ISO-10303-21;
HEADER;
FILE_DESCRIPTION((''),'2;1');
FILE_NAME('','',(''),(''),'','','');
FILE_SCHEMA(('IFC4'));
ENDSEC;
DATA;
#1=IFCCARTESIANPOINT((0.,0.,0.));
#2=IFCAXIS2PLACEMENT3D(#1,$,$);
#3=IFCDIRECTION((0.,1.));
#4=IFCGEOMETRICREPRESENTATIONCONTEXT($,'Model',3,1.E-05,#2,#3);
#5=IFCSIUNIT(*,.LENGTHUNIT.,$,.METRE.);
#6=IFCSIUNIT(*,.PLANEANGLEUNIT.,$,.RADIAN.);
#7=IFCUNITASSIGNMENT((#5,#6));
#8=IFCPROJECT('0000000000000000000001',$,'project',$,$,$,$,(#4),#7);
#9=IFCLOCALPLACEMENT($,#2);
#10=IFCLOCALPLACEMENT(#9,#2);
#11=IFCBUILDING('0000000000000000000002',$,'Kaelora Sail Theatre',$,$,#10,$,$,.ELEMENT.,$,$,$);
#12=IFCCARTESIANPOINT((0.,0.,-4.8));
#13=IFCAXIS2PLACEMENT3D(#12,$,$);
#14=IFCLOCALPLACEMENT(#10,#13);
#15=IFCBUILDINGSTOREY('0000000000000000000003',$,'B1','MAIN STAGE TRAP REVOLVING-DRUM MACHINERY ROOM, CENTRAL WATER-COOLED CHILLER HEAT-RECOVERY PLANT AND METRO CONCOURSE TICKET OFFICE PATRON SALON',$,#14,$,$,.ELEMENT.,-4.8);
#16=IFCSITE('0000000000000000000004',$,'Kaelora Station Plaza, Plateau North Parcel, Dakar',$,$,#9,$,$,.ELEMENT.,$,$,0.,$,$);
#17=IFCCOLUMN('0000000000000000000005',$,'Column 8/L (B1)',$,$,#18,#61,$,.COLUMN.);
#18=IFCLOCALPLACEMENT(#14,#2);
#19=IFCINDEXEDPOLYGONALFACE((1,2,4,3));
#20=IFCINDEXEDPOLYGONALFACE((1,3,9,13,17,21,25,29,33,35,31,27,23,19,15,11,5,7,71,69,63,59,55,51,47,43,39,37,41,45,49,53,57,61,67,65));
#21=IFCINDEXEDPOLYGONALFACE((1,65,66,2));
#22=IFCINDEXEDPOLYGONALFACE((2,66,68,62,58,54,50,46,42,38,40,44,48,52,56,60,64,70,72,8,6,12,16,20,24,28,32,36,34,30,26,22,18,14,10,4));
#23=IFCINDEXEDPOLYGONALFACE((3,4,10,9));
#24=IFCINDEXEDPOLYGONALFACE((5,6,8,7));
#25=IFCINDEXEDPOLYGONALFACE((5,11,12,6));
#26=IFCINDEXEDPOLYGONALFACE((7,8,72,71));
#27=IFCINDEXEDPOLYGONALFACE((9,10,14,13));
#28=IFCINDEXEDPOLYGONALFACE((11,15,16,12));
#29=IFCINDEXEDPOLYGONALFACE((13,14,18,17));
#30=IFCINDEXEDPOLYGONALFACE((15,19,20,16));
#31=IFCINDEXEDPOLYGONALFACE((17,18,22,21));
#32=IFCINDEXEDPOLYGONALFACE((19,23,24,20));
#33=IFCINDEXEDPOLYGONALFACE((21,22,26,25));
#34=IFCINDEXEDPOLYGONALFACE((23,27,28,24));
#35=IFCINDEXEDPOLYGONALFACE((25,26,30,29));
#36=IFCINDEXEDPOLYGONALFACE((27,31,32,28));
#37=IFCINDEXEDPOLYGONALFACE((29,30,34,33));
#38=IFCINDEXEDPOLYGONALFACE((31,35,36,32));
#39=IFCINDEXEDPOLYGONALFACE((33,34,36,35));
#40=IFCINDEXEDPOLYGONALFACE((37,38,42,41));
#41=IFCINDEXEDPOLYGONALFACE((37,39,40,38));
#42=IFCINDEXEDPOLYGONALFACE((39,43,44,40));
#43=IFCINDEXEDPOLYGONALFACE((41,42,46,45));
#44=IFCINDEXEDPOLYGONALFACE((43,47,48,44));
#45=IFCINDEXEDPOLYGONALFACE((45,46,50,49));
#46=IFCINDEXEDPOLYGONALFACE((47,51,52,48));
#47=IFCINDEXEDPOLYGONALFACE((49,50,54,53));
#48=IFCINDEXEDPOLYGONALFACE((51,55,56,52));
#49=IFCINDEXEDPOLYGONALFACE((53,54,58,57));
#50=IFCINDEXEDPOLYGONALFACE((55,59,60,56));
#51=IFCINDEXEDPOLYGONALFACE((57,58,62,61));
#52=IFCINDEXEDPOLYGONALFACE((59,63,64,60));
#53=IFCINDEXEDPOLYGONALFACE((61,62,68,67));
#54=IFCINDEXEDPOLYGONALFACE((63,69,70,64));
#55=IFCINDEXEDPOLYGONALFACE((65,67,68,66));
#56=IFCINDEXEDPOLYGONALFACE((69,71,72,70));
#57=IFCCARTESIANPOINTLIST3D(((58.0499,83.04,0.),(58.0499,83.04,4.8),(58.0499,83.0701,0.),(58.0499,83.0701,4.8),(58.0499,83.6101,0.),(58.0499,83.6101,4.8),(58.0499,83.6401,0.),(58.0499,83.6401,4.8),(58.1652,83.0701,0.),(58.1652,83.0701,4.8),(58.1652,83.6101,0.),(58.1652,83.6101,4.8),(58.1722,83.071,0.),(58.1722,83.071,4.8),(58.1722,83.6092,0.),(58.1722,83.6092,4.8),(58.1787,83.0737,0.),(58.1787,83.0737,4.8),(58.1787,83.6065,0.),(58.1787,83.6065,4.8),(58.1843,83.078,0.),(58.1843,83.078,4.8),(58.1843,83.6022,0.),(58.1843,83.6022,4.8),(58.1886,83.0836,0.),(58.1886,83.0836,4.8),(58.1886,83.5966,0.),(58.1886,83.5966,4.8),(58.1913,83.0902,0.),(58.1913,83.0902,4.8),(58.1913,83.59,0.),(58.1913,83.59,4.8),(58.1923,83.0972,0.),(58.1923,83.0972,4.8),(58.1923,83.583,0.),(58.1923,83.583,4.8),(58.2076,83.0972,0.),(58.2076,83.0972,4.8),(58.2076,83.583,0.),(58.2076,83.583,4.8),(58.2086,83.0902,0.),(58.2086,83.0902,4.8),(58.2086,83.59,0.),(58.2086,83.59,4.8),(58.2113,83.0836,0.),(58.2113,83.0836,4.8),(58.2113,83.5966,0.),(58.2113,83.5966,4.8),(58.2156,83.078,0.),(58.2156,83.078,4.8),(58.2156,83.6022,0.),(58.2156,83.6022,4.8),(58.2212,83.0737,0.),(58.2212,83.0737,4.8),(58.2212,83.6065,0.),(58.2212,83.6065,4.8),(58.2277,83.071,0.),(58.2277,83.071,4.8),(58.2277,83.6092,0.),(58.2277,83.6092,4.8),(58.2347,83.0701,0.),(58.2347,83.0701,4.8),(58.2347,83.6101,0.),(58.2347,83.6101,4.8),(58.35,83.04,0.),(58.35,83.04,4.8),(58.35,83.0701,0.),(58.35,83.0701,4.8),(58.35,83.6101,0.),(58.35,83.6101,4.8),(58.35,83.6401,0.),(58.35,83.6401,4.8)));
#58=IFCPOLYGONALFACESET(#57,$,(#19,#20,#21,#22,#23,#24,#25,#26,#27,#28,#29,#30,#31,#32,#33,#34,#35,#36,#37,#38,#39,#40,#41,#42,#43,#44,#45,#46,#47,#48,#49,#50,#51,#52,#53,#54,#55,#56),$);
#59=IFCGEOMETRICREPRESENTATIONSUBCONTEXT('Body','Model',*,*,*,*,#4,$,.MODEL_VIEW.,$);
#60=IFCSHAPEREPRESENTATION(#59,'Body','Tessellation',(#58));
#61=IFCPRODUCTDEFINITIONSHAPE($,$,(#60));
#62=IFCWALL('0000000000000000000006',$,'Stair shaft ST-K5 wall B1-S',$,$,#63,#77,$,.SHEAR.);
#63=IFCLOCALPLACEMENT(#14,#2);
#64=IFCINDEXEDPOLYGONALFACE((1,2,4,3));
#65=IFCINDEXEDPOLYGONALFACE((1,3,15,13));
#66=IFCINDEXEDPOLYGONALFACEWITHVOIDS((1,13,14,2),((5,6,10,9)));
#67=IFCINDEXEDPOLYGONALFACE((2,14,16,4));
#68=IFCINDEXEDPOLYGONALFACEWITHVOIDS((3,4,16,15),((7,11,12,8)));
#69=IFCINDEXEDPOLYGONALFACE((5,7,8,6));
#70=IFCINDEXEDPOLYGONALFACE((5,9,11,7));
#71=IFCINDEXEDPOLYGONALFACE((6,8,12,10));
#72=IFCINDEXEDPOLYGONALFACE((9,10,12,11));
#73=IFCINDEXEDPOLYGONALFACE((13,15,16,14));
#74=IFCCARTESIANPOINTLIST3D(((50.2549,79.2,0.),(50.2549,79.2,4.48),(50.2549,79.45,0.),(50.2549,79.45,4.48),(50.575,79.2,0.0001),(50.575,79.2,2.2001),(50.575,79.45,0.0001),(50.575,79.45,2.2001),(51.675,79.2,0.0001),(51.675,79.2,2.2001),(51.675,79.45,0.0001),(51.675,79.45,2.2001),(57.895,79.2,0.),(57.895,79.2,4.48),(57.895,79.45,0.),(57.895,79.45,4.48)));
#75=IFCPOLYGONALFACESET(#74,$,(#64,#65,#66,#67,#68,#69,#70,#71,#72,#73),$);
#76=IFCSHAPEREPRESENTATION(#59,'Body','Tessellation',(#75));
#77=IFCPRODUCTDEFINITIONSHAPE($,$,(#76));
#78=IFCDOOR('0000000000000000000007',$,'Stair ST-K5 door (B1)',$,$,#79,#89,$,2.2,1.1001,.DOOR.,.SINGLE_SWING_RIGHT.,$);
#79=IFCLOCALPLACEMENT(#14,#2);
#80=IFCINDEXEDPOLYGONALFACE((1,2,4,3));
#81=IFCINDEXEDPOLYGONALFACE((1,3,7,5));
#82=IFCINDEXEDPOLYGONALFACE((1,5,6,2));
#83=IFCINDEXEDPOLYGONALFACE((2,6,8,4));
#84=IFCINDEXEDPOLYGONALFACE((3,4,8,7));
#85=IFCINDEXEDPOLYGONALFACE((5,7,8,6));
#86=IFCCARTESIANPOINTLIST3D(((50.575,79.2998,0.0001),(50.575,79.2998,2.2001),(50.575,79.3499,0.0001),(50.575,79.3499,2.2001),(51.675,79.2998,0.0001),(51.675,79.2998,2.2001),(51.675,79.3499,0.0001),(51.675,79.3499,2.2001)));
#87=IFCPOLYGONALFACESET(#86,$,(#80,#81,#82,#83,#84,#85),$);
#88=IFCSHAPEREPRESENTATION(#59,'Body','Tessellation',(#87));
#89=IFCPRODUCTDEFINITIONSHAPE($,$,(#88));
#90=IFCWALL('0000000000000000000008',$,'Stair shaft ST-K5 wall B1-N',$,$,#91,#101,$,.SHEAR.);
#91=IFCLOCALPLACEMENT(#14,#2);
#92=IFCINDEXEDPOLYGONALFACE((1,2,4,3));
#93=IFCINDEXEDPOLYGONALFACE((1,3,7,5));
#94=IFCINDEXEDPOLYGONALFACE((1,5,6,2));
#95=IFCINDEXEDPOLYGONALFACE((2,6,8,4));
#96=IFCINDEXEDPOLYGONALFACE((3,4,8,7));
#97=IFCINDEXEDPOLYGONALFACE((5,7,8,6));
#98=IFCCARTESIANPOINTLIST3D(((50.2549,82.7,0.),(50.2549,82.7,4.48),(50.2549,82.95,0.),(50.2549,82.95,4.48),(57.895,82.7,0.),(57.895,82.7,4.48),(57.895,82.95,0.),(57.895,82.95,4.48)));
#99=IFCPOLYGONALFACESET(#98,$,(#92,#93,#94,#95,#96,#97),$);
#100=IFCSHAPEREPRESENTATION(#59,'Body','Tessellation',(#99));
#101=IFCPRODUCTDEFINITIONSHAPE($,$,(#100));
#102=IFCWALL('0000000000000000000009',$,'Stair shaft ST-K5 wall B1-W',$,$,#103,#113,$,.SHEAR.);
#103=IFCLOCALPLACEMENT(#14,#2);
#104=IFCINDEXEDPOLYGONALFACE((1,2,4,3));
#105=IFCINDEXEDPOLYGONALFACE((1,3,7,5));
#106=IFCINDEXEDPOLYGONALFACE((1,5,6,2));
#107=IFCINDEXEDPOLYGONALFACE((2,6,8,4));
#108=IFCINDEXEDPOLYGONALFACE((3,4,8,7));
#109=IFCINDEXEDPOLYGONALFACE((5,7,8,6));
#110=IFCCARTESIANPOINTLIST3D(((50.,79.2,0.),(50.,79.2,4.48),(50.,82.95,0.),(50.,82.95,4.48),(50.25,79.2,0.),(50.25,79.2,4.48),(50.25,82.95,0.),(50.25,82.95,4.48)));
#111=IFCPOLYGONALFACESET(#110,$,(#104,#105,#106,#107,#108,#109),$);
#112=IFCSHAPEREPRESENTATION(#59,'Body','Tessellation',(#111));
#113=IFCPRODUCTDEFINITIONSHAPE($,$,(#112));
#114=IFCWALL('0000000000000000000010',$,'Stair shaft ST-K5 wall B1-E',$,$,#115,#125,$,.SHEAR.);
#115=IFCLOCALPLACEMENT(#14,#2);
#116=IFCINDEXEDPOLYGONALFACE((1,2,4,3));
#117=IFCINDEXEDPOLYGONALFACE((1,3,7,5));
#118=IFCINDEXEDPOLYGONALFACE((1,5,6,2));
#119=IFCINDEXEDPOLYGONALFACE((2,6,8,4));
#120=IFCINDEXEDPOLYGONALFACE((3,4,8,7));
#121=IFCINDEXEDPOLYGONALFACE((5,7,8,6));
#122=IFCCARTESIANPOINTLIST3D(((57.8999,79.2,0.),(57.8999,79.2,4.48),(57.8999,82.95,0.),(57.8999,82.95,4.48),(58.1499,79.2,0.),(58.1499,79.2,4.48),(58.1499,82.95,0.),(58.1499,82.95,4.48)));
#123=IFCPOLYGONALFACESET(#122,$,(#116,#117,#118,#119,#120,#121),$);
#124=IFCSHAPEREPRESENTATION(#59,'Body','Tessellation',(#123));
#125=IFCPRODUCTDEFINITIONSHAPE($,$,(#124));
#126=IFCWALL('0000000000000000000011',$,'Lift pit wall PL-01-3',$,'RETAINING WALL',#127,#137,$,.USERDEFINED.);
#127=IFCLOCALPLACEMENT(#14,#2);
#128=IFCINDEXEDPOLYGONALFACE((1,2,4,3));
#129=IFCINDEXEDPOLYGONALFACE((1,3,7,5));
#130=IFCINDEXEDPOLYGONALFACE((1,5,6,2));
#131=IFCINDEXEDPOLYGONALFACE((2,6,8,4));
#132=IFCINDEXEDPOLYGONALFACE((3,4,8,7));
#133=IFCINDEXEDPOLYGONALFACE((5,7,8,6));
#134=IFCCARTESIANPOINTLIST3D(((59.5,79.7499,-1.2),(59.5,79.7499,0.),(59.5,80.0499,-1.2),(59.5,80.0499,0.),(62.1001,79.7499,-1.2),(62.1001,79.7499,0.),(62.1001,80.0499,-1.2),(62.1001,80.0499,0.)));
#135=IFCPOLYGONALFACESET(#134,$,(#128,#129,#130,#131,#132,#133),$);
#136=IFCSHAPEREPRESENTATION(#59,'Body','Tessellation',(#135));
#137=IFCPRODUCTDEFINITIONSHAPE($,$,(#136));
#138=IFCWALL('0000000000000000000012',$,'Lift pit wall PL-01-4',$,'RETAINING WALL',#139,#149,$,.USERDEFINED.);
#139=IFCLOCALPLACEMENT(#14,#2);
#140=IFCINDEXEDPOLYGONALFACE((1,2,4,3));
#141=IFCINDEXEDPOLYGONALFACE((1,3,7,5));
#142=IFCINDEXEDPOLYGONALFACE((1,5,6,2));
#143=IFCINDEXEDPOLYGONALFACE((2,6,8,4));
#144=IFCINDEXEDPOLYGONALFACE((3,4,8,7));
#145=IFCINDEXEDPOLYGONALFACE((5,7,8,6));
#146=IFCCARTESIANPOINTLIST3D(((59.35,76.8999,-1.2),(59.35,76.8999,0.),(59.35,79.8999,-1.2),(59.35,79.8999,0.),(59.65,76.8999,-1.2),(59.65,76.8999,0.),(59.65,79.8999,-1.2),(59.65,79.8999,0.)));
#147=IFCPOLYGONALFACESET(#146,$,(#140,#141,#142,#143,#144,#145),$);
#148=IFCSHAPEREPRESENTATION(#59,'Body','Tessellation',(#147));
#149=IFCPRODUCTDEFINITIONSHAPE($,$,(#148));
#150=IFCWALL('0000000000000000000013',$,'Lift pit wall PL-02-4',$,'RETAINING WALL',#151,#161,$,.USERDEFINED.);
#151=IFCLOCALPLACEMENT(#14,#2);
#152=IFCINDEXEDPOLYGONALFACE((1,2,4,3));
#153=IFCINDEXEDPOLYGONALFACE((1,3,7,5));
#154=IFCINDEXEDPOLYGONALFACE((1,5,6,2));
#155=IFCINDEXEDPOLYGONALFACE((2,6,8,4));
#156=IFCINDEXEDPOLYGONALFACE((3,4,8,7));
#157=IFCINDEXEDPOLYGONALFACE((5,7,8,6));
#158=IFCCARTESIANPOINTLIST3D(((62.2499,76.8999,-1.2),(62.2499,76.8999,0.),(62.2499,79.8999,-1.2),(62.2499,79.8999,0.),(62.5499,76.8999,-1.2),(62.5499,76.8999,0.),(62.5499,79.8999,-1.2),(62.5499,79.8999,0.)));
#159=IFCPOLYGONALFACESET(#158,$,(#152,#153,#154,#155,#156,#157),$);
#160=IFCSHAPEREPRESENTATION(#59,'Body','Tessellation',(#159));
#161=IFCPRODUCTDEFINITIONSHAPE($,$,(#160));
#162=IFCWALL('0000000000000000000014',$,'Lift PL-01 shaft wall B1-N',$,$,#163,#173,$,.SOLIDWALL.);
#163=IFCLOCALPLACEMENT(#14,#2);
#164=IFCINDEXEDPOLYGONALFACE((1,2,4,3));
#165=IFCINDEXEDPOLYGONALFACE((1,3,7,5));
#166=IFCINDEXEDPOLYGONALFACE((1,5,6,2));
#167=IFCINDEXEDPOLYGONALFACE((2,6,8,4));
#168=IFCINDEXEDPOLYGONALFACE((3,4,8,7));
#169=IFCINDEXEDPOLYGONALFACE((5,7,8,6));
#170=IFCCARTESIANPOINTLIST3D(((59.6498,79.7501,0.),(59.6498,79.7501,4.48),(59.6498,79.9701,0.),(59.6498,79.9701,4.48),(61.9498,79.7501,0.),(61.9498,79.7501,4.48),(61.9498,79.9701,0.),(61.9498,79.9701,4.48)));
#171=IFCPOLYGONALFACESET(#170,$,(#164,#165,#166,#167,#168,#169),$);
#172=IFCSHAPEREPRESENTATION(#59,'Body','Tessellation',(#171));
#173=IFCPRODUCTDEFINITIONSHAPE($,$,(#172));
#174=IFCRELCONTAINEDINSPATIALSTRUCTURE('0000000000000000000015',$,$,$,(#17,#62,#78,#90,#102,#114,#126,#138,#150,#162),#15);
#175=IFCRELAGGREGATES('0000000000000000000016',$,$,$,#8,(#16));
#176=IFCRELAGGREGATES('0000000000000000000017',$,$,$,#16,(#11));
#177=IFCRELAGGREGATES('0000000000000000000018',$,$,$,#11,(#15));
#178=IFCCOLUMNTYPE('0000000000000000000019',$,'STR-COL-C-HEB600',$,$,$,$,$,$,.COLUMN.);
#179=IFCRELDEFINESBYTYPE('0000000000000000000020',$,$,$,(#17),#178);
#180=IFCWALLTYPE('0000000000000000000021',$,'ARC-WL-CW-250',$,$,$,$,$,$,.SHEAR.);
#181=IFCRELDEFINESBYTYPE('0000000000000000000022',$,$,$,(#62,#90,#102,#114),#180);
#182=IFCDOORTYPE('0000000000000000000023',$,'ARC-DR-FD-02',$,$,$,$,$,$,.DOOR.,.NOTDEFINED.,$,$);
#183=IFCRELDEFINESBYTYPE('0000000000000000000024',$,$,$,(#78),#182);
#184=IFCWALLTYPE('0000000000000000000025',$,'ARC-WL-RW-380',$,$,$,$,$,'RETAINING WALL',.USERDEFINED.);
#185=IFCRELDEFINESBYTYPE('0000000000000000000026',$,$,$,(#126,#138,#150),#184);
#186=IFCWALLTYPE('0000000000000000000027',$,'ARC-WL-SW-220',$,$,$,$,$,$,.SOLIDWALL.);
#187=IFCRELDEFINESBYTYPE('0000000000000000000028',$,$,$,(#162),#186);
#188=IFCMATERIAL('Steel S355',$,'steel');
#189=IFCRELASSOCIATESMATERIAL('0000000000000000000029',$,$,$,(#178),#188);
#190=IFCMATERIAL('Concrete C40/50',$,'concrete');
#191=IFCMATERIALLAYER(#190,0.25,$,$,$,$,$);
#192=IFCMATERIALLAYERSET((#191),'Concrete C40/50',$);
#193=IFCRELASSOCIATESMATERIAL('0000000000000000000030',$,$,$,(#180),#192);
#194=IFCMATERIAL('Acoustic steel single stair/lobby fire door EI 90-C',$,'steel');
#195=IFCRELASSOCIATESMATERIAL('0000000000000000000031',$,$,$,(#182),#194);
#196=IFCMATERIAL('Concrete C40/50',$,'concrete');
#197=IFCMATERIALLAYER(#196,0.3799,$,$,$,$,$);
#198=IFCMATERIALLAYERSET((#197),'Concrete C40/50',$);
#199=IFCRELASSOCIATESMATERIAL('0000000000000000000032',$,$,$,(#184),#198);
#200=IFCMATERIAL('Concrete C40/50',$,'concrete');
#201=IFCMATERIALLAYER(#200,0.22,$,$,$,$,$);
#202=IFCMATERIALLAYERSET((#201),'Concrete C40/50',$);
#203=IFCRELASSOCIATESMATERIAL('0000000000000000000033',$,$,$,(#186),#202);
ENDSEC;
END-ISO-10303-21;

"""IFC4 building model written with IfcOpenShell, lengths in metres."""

from ifc_helpers import new_model, si_unit, direction, frame, frame_2d, origin, origin_2d, place, context, subcontext, project, spatial, rectangle, i_section, extrude, material, layer, layer_set, material_profile, profile_set, type_object, element, fill, save


model = new_model("IFC4")

# Units and contexts
model_context = context("Model", 3, precision=1e-05, world=origin(), true_north=direction((0.0, 1.0)))
body_context = subcontext(model_context, "Body", "Model", "MODEL_VIEW")
ifc_project = project(units=[si_unit("LENGTHUNIT", "METRE"), si_unit("PLANEANGLEUNIT", "RADIAN")], contexts=[model_context])

# Site, building, storey
site_placement = place(None, origin())
site = spatial("IfcSite", under=ifc_project, at=site_placement, Name="Kaelora Station Plaza, Plateau North Parcel, Dakar", CompositionType="ELEMENT", RefElevation=0.0)
building_placement = place(site_placement, origin())
building = spatial("IfcBuilding", under=site, at=building_placement, Name="Kaelora Sail Theatre", CompositionType="ELEMENT")
storey_placement = place(building_placement, frame((0.0, 0.0, -4.8)))
storey = spatial("IfcBuildingStorey", under=building, at=storey_placement, Name="B1", Description="MAIN STAGE TRAP REVOLVING-DRUM MACHINERY ROOM, CENTRAL WATER-COOLED CHILLER HEAT-RECOVERY PLANT AND METRO CONCOURSE TICKET OFFICE PATRON SALON", CompositionType="ELEMENT", Elevation=-4.8)

# Column
ifc_material_1 = material(Name="Steel S355", Category="steel")
ifc_material_profile_1 = material_profile(ifc_material_1, i_section(OverallWidth=0.3, OverallDepth=0.6001, WebThickness=0.0154, FlangeThickness=0.03, FilletRadius=0.0271, at=origin_2d()), Name="HEB 600")
ifc_profile_set_1 = profile_set([ifc_material_profile_1], Name="Steel S355")
column_type = type_object("IfcColumnType", Name="STR-COL-C-HEB600", PredefinedType="COLUMN", material=ifc_profile_set_1)
column_placement = place(storey_placement, frame((58.2, 83.3401, 0.0), z_axis=(0.0, 0.0, 1.0), x_axis=(1.0, 0.0, 0.0)))
element("IfcColumn", 1, at=column_placement, inside=storey, type_object=column_type, Name="Column 8/L (B1)", PredefinedType="COLUMN", context=body_context, shape_type="SweptSolid", body=[
    extrude(i_section(OverallWidth=0.3, OverallDepth=0.6001, WebThickness=0.0154, FlangeThickness=0.03, FilletRadius=0.0271, at=origin_2d()), origin(), (0.0, 0.0, 1.0), 4.8),
])

# Wall, opening, door
ifc_material_2 = material(Name="Concrete C40/50", Category="concrete")
ifc_layer_1 = layer(ifc_material_2, 0.25)
ifc_layer_set_1 = layer_set([ifc_layer_1], Name="Concrete C40/50")
wall_type_1 = type_object("IfcWallType", Name="ARC-WL-CW-250", PredefinedType="SHEAR", material=ifc_layer_set_1)
wall_1_placement = place(storey_placement, frame((50.2549, 79.325, 0.0), z_axis=(0.0, 0.0, 1.0), x_axis=(1.0, 0.0, 0.0)))
wall_1 = element("IfcWall", 2, at=wall_1_placement, inside=storey, type_object=wall_type_1, Name="Stair shaft ST-K5 wall B1-S", PredefinedType="SHEAR", context=body_context, shape_type="SweptSolid", body=[
    extrude(rectangle(XDim=7.6401, YDim=0.25, at=frame_2d((3.8201, 0.0))), origin(), (0.0, 0.0, 1.0), 4.48),
])
opening_1_placement = place(wall_1_placement, frame((0.3201, 0.0, 0.0)))
opening_1 = element("IfcOpeningElement", 3, at=opening_1_placement, cuts=wall_1, PredefinedType="OPENING", context=body_context, shape_type="SweptSolid", body=[
    extrude(rectangle(XDim=1.1001, YDim=2.2, at=frame_2d((0.55, 1.1001))), frame((0.0, 0.135, 0.0), z_axis=(0.0, -1.0, 0.0), x_axis=(1.0, 0.0, 0.0)), (0.0, 0.0, 1.0), 0.27),
])
ifc_material_3 = material(Name="Acoustic steel single stair/lobby fire door EI 90-C", Category="steel")
door_type_1 = type_object("IfcDoorType", Name="ARC-DR-FD-02", OperationType="NOTDEFINED", PredefinedType="DOOR", material=ifc_material_3)
door_1_placement = place(opening_1_placement, origin())
door_1 = element("IfcDoor", 4, at=door_1_placement, inside=storey, type_object=door_type_1, Name="Stair ST-K5 door (B1)", OperationType="SINGLE_SWING_RIGHT", OverallHeight=2.2, OverallWidth=1.1001, PredefinedType="DOOR", context=body_context, shape_type="SweptSolid", body=[
    extrude(rectangle(XDim=1.1001, YDim=2.2, at=frame_2d((0.55, 1.1001))), frame((0.0, 0.0249, 0.0), z_axis=(0.0, -1.0, 0.0), x_axis=(1.0, 0.0, 0.0)), (0.0, 0.0, 1.0), 0.05),
])
fill(opening_1, door_1)

# Walls
wall_2_placement = place(storey_placement, frame((50.2549, 82.825, 0.0), z_axis=(0.0, 0.0, 1.0), x_axis=(1.0, 0.0, 0.0)))
element("IfcWall", 5, at=wall_2_placement, inside=storey, type_object=wall_type_1, Name="Stair shaft ST-K5 wall B1-N", PredefinedType="SHEAR", context=body_context, shape_type="SweptSolid", body=[
    extrude(rectangle(XDim=7.6401, YDim=0.25, at=frame_2d((3.8201, 0.0))), origin(), (0.0, 0.0, 1.0), 4.48),
])
for number, where, z_axis, x_axis, name in (
    (6, (50.125, 79.2, 0.0), (0.0, 0.0, 1.0), (0.0, 1.0, 0.0), "Stair shaft ST-K5 wall B1-W"),
    (7, (58.0249, 79.2, 0.0), (0.0, 0.0, 1.0), (0.0, 1.0, 0.0), "Stair shaft ST-K5 wall B1-E"),
):
    element("IfcWall", number, at=place(storey_placement, frame(where, z_axis=z_axis, x_axis=x_axis)), inside=storey, type_object=wall_type_1, Name=name, PredefinedType="SHEAR", context=body_context, shape_type="SweptSolid", body=[
        extrude(rectangle(XDim=3.75, YDim=0.25, at=frame_2d((1.875, 0.0))), origin(), (0.0, 0.0, 1.0), 4.48),
    ])
ifc_material_4 = material(Name="Concrete C40/50", Category="concrete")
ifc_layer_2 = layer(ifc_material_4, 0.3799)
ifc_layer_set_2 = layer_set([ifc_layer_2], Name="Concrete C40/50")
wall_type_2 = type_object("IfcWallType", Name="ARC-WL-RW-380", ElementType="RETAINING WALL", PredefinedType="USERDEFINED", material=ifc_layer_set_2)
wall_3_placement = place(storey_placement, frame((62.1001, 79.8999, -1.2), z_axis=(0.0, 0.0, 1.0), x_axis=(-1.0, 0.0, 0.0)))
element("IfcWall", 8, at=wall_3_placement, inside=storey, type_object=wall_type_2, Name="Lift pit wall PL-01-3", ObjectType="RETAINING WALL", PredefinedType="USERDEFINED", context=body_context, shape_type="SweptSolid", body=[
    extrude(rectangle(XDim=2.6001, YDim=0.3, at=frame_2d((1.3, 0.0))), origin(), (0.0, 0.0, 1.0), 1.2),
])
for number, where, z_axis, x_axis, name in (
    (9, (59.5, 79.8999, -1.2), (0.0, 0.0, 1.0), (0.0, -1.0, 0.0), "Lift pit wall PL-01-4"),
    (10, (62.3999, 79.8999, -1.2), (0.0, 0.0, 1.0), (0.0, -1.0, 0.0), "Lift pit wall PL-02-4"),
):
    element("IfcWall", number, at=place(storey_placement, frame(where, z_axis=z_axis, x_axis=x_axis)), inside=storey, type_object=wall_type_2, Name=name, ObjectType="RETAINING WALL", PredefinedType="USERDEFINED", context=body_context, shape_type="SweptSolid", body=[
        extrude(rectangle(XDim=3.0, YDim=0.3, at=frame_2d((1.5, 0.0))), origin(), (0.0, 0.0, 1.0), 1.2),
    ])
ifc_material_5 = material(Name="Concrete C40/50", Category="concrete")
ifc_layer_3 = layer(ifc_material_5, 0.22)
ifc_layer_set_3 = layer_set([ifc_layer_3], Name="Concrete C40/50")
wall_type_3 = type_object("IfcWallType", Name="ARC-WL-SW-220", PredefinedType="SOLIDWALL", material=ifc_layer_set_3)
wall_4_placement = place(storey_placement, frame((59.6499, 79.8601, 0.0), z_axis=(0.0, 0.0, 1.0), x_axis=(1.0, 0.0, 0.0)))
element("IfcWall", 11, at=wall_4_placement, inside=storey, type_object=wall_type_3, Name="Lift PL-01 shaft wall B1-N", PredefinedType="SOLIDWALL", context=body_context, shape_type="SweptSolid", body=[
    extrude(rectangle(XDim=2.3, YDim=0.22, at=frame_2d((1.1499, 0.0))), origin(), (0.0, 0.0, 1.0), 4.48),
])

save(model, "model.ifc")
